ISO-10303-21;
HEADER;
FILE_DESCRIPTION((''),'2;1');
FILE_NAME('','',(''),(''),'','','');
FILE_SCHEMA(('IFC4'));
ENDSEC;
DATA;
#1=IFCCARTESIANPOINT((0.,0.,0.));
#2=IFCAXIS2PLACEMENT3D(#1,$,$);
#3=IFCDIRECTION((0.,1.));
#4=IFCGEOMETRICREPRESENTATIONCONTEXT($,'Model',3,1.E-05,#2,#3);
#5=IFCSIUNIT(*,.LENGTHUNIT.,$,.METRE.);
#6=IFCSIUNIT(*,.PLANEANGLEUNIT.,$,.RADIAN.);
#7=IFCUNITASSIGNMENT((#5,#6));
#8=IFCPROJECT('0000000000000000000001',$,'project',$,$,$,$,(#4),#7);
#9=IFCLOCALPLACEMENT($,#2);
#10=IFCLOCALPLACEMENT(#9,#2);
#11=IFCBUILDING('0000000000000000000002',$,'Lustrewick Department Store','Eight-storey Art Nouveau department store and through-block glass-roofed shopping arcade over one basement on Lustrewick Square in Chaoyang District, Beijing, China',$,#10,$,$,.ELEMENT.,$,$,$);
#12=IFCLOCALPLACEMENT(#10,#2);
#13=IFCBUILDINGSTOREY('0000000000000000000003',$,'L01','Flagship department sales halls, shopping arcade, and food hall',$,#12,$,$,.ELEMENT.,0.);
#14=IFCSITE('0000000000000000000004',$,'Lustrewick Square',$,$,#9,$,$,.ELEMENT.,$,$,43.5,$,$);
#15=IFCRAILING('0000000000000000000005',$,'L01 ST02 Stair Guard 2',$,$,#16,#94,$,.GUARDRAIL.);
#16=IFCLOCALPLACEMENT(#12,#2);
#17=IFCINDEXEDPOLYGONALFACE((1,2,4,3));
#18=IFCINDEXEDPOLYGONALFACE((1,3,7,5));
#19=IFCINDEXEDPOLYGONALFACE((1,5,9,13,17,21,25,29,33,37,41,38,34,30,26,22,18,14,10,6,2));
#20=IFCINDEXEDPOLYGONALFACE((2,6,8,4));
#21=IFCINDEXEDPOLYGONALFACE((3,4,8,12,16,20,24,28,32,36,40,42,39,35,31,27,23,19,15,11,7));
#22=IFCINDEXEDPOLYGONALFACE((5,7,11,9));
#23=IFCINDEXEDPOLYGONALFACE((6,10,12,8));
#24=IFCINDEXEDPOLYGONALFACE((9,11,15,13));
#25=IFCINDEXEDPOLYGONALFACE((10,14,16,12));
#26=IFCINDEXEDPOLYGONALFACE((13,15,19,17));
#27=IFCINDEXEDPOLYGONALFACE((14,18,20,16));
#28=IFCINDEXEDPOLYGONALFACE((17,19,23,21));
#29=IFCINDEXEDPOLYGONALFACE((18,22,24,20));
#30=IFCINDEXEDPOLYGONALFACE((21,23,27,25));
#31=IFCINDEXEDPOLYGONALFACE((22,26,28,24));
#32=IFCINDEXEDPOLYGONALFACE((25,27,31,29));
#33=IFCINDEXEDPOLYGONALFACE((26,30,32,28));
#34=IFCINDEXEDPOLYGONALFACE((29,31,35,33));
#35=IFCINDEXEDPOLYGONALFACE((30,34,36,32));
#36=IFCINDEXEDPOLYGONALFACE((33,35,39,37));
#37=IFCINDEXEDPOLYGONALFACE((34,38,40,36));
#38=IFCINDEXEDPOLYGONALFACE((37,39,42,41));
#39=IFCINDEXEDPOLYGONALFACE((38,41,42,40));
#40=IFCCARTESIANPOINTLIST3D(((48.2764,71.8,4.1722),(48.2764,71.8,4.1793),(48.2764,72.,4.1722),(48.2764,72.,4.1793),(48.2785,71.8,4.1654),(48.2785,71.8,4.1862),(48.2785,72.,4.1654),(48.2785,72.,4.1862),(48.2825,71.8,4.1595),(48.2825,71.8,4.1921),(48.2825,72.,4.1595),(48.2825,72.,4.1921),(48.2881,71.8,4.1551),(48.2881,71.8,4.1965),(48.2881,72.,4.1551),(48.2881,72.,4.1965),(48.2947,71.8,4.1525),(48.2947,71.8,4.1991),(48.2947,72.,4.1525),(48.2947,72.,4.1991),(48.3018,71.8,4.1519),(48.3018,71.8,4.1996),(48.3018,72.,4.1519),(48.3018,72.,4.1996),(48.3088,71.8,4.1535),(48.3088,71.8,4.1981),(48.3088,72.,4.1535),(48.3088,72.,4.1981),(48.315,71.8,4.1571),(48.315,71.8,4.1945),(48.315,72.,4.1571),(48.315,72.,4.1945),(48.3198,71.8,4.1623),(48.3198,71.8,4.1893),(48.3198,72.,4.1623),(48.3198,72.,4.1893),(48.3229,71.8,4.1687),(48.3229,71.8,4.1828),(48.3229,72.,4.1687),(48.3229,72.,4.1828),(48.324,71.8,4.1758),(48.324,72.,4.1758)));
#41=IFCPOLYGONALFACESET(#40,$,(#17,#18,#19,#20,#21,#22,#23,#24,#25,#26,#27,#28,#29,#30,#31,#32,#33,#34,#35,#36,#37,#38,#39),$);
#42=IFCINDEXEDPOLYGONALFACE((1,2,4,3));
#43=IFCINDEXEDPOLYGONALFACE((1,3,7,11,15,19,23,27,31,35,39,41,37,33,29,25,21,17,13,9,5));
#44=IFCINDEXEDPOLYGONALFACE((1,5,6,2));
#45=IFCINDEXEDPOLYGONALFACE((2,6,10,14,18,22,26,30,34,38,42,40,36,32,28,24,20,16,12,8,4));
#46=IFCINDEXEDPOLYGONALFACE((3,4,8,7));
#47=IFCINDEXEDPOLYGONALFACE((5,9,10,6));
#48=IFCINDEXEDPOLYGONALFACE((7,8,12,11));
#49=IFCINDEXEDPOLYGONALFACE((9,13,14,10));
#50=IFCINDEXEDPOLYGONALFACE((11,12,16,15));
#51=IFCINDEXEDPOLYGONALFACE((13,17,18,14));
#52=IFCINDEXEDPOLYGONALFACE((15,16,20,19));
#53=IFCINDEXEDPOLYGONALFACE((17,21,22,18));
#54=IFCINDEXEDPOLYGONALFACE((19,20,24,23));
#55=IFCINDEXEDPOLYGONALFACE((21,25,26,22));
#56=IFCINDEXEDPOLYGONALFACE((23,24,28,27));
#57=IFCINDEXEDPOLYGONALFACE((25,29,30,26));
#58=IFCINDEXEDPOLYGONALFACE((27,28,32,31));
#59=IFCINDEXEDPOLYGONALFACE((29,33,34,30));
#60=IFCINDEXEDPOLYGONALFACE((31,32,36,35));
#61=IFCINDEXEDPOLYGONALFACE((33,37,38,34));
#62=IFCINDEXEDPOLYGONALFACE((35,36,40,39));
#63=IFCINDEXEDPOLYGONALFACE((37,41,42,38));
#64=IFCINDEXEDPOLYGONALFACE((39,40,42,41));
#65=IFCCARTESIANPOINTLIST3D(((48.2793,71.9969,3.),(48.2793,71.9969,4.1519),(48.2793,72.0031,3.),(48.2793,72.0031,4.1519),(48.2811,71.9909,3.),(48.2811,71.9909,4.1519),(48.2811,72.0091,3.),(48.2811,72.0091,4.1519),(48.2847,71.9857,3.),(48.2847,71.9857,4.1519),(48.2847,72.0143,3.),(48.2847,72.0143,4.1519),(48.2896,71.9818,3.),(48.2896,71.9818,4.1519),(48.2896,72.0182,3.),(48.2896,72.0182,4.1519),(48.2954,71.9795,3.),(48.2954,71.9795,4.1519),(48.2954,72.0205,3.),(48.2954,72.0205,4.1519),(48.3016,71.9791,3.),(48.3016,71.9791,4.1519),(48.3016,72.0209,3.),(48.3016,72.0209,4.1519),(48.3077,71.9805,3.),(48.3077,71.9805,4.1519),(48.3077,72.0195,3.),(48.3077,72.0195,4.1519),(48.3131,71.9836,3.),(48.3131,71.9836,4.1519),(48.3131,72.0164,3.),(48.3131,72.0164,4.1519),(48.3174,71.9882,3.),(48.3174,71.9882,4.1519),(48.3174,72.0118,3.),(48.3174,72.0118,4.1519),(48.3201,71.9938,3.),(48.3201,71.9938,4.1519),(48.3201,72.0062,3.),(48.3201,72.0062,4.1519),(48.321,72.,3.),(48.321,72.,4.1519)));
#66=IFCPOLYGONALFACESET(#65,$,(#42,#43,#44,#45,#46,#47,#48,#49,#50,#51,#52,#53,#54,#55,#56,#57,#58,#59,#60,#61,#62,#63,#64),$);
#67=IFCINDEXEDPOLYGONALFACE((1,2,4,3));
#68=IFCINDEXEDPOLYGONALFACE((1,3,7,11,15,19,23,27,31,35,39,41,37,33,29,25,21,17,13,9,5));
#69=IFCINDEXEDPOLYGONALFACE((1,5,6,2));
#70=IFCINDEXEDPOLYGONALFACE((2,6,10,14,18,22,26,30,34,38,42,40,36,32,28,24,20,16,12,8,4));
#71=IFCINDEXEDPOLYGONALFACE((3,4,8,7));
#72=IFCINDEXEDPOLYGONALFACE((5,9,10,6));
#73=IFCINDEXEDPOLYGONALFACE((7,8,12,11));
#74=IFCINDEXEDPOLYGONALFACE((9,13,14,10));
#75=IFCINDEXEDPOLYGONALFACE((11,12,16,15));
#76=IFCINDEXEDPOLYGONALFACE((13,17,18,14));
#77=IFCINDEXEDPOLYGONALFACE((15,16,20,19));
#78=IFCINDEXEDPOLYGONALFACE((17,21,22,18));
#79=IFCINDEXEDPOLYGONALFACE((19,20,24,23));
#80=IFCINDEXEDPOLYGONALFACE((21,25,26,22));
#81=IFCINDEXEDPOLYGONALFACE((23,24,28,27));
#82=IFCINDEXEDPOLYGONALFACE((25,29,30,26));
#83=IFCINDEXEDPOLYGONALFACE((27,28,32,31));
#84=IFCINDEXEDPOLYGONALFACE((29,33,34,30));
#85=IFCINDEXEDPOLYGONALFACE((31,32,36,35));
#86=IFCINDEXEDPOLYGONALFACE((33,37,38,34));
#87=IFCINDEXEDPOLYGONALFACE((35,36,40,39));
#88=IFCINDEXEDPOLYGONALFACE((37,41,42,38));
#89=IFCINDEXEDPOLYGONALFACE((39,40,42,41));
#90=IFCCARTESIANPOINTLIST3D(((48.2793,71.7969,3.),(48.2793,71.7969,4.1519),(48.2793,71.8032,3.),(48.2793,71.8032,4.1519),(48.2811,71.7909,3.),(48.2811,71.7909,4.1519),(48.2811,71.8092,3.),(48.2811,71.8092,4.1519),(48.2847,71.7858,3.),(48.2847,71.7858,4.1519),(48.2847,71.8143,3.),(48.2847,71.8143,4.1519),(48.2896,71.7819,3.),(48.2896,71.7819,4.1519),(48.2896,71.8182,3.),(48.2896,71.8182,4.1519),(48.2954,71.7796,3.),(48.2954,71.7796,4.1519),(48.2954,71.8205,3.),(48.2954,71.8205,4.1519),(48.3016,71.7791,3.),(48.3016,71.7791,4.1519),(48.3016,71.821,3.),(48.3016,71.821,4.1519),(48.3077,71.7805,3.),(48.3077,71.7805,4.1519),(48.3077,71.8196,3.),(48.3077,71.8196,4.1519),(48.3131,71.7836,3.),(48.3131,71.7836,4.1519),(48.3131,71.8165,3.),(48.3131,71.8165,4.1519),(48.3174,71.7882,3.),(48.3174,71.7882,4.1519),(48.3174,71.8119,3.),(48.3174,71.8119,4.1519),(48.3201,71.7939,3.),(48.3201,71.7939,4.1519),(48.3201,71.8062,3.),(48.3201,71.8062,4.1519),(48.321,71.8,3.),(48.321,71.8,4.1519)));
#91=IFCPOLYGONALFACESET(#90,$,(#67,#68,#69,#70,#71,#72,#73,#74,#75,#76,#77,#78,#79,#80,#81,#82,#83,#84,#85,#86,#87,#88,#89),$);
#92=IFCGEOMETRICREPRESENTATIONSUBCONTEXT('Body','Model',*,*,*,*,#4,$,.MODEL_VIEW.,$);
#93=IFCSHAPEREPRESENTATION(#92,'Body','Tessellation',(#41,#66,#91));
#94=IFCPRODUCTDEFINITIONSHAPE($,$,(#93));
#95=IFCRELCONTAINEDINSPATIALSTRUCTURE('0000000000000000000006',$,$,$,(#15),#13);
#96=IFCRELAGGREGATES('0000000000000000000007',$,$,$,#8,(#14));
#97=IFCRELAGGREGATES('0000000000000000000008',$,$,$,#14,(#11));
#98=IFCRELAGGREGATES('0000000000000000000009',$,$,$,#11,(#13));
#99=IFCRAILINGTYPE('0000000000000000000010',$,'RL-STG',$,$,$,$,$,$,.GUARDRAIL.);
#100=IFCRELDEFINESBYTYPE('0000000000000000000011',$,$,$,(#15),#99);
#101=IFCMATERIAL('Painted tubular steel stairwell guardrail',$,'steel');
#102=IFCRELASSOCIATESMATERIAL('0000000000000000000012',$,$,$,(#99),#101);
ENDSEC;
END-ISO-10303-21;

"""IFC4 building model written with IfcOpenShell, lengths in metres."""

from ifc_helpers import new_model, si_unit, direction, frame, origin, origin_2d, place, context, subcontext, project, spatial, circle, extrude, material, type_object, element, save


model = new_model("IFC4")

# Units and contexts
model_context = context("Model", 3, precision=1e-05, world=origin(), true_north=direction((0.0, 1.0)))
body_context = subcontext(model_context, "Body", "Model", "MODEL_VIEW")
ifc_project = project(units=[si_unit("LENGTHUNIT", "METRE"), si_unit("PLANEANGLEUNIT", "RADIAN")], contexts=[model_context])

# Site, building, storey
site_placement = place(None, origin())
site = spatial("IfcSite", under=ifc_project, at=site_placement, Name="Lustrewick Square", CompositionType="ELEMENT", RefElevation=43.5)
building_placement = place(site_placement, origin())
building = spatial("IfcBuilding", under=site, at=building_placement, Name="Lustrewick Department Store", Description="Eight-storey Art Nouveau department store and through-block glass-roofed shopping arcade over one basement on Lustrewick Square in Chaoyang District, Beijing, China", CompositionType="ELEMENT")
storey_placement = place(building_placement, origin())
storey = spatial("IfcBuildingStorey", under=building, at=storey_placement, Name="L01", Description="Flagship department sales halls, shopping arcade, and food hall", CompositionType="ELEMENT", Elevation=0.0)

# Railing
ifc_material_1 = material(Name="Painted tubular steel stairwell guardrail", Category="steel")
railing_type_1 = type_object("IfcRailingType", Name="RL-STG", PredefinedType="GUARDRAIL", material=ifc_material_1)
railing_1_placement = place(storey_placement, frame((48.3, 72.0, 3.0)))
element("IfcRailing", 1, at=railing_1_placement, inside=storey, type_object=railing_type_1, Name="L01 ST02 Stair Guard 2", PredefinedType="GUARDRAIL", context=body_context, shape_type="SweptSolid", body=[
    extrude(circle(Radius=0.0239, at=origin_2d()), frame((0.0, 0.0, 1.1758), z_axis=(0.0, -1.0, 0.0), x_axis=(1.0, 0.0, 0.0)), (0.0, 0.0, 1.0), 0.2),
    extrude(circle(Radius=0.021, at=origin_2d()), origin(), (0.0, 0.0, 1.0), 1.1519),
    extrude(circle(Radius=0.021, at=origin_2d()), frame((0.0, -0.2, 0.0)), (0.0, 0.0, 1.0), 1.1519),
])

save(model, "model.ifc")
